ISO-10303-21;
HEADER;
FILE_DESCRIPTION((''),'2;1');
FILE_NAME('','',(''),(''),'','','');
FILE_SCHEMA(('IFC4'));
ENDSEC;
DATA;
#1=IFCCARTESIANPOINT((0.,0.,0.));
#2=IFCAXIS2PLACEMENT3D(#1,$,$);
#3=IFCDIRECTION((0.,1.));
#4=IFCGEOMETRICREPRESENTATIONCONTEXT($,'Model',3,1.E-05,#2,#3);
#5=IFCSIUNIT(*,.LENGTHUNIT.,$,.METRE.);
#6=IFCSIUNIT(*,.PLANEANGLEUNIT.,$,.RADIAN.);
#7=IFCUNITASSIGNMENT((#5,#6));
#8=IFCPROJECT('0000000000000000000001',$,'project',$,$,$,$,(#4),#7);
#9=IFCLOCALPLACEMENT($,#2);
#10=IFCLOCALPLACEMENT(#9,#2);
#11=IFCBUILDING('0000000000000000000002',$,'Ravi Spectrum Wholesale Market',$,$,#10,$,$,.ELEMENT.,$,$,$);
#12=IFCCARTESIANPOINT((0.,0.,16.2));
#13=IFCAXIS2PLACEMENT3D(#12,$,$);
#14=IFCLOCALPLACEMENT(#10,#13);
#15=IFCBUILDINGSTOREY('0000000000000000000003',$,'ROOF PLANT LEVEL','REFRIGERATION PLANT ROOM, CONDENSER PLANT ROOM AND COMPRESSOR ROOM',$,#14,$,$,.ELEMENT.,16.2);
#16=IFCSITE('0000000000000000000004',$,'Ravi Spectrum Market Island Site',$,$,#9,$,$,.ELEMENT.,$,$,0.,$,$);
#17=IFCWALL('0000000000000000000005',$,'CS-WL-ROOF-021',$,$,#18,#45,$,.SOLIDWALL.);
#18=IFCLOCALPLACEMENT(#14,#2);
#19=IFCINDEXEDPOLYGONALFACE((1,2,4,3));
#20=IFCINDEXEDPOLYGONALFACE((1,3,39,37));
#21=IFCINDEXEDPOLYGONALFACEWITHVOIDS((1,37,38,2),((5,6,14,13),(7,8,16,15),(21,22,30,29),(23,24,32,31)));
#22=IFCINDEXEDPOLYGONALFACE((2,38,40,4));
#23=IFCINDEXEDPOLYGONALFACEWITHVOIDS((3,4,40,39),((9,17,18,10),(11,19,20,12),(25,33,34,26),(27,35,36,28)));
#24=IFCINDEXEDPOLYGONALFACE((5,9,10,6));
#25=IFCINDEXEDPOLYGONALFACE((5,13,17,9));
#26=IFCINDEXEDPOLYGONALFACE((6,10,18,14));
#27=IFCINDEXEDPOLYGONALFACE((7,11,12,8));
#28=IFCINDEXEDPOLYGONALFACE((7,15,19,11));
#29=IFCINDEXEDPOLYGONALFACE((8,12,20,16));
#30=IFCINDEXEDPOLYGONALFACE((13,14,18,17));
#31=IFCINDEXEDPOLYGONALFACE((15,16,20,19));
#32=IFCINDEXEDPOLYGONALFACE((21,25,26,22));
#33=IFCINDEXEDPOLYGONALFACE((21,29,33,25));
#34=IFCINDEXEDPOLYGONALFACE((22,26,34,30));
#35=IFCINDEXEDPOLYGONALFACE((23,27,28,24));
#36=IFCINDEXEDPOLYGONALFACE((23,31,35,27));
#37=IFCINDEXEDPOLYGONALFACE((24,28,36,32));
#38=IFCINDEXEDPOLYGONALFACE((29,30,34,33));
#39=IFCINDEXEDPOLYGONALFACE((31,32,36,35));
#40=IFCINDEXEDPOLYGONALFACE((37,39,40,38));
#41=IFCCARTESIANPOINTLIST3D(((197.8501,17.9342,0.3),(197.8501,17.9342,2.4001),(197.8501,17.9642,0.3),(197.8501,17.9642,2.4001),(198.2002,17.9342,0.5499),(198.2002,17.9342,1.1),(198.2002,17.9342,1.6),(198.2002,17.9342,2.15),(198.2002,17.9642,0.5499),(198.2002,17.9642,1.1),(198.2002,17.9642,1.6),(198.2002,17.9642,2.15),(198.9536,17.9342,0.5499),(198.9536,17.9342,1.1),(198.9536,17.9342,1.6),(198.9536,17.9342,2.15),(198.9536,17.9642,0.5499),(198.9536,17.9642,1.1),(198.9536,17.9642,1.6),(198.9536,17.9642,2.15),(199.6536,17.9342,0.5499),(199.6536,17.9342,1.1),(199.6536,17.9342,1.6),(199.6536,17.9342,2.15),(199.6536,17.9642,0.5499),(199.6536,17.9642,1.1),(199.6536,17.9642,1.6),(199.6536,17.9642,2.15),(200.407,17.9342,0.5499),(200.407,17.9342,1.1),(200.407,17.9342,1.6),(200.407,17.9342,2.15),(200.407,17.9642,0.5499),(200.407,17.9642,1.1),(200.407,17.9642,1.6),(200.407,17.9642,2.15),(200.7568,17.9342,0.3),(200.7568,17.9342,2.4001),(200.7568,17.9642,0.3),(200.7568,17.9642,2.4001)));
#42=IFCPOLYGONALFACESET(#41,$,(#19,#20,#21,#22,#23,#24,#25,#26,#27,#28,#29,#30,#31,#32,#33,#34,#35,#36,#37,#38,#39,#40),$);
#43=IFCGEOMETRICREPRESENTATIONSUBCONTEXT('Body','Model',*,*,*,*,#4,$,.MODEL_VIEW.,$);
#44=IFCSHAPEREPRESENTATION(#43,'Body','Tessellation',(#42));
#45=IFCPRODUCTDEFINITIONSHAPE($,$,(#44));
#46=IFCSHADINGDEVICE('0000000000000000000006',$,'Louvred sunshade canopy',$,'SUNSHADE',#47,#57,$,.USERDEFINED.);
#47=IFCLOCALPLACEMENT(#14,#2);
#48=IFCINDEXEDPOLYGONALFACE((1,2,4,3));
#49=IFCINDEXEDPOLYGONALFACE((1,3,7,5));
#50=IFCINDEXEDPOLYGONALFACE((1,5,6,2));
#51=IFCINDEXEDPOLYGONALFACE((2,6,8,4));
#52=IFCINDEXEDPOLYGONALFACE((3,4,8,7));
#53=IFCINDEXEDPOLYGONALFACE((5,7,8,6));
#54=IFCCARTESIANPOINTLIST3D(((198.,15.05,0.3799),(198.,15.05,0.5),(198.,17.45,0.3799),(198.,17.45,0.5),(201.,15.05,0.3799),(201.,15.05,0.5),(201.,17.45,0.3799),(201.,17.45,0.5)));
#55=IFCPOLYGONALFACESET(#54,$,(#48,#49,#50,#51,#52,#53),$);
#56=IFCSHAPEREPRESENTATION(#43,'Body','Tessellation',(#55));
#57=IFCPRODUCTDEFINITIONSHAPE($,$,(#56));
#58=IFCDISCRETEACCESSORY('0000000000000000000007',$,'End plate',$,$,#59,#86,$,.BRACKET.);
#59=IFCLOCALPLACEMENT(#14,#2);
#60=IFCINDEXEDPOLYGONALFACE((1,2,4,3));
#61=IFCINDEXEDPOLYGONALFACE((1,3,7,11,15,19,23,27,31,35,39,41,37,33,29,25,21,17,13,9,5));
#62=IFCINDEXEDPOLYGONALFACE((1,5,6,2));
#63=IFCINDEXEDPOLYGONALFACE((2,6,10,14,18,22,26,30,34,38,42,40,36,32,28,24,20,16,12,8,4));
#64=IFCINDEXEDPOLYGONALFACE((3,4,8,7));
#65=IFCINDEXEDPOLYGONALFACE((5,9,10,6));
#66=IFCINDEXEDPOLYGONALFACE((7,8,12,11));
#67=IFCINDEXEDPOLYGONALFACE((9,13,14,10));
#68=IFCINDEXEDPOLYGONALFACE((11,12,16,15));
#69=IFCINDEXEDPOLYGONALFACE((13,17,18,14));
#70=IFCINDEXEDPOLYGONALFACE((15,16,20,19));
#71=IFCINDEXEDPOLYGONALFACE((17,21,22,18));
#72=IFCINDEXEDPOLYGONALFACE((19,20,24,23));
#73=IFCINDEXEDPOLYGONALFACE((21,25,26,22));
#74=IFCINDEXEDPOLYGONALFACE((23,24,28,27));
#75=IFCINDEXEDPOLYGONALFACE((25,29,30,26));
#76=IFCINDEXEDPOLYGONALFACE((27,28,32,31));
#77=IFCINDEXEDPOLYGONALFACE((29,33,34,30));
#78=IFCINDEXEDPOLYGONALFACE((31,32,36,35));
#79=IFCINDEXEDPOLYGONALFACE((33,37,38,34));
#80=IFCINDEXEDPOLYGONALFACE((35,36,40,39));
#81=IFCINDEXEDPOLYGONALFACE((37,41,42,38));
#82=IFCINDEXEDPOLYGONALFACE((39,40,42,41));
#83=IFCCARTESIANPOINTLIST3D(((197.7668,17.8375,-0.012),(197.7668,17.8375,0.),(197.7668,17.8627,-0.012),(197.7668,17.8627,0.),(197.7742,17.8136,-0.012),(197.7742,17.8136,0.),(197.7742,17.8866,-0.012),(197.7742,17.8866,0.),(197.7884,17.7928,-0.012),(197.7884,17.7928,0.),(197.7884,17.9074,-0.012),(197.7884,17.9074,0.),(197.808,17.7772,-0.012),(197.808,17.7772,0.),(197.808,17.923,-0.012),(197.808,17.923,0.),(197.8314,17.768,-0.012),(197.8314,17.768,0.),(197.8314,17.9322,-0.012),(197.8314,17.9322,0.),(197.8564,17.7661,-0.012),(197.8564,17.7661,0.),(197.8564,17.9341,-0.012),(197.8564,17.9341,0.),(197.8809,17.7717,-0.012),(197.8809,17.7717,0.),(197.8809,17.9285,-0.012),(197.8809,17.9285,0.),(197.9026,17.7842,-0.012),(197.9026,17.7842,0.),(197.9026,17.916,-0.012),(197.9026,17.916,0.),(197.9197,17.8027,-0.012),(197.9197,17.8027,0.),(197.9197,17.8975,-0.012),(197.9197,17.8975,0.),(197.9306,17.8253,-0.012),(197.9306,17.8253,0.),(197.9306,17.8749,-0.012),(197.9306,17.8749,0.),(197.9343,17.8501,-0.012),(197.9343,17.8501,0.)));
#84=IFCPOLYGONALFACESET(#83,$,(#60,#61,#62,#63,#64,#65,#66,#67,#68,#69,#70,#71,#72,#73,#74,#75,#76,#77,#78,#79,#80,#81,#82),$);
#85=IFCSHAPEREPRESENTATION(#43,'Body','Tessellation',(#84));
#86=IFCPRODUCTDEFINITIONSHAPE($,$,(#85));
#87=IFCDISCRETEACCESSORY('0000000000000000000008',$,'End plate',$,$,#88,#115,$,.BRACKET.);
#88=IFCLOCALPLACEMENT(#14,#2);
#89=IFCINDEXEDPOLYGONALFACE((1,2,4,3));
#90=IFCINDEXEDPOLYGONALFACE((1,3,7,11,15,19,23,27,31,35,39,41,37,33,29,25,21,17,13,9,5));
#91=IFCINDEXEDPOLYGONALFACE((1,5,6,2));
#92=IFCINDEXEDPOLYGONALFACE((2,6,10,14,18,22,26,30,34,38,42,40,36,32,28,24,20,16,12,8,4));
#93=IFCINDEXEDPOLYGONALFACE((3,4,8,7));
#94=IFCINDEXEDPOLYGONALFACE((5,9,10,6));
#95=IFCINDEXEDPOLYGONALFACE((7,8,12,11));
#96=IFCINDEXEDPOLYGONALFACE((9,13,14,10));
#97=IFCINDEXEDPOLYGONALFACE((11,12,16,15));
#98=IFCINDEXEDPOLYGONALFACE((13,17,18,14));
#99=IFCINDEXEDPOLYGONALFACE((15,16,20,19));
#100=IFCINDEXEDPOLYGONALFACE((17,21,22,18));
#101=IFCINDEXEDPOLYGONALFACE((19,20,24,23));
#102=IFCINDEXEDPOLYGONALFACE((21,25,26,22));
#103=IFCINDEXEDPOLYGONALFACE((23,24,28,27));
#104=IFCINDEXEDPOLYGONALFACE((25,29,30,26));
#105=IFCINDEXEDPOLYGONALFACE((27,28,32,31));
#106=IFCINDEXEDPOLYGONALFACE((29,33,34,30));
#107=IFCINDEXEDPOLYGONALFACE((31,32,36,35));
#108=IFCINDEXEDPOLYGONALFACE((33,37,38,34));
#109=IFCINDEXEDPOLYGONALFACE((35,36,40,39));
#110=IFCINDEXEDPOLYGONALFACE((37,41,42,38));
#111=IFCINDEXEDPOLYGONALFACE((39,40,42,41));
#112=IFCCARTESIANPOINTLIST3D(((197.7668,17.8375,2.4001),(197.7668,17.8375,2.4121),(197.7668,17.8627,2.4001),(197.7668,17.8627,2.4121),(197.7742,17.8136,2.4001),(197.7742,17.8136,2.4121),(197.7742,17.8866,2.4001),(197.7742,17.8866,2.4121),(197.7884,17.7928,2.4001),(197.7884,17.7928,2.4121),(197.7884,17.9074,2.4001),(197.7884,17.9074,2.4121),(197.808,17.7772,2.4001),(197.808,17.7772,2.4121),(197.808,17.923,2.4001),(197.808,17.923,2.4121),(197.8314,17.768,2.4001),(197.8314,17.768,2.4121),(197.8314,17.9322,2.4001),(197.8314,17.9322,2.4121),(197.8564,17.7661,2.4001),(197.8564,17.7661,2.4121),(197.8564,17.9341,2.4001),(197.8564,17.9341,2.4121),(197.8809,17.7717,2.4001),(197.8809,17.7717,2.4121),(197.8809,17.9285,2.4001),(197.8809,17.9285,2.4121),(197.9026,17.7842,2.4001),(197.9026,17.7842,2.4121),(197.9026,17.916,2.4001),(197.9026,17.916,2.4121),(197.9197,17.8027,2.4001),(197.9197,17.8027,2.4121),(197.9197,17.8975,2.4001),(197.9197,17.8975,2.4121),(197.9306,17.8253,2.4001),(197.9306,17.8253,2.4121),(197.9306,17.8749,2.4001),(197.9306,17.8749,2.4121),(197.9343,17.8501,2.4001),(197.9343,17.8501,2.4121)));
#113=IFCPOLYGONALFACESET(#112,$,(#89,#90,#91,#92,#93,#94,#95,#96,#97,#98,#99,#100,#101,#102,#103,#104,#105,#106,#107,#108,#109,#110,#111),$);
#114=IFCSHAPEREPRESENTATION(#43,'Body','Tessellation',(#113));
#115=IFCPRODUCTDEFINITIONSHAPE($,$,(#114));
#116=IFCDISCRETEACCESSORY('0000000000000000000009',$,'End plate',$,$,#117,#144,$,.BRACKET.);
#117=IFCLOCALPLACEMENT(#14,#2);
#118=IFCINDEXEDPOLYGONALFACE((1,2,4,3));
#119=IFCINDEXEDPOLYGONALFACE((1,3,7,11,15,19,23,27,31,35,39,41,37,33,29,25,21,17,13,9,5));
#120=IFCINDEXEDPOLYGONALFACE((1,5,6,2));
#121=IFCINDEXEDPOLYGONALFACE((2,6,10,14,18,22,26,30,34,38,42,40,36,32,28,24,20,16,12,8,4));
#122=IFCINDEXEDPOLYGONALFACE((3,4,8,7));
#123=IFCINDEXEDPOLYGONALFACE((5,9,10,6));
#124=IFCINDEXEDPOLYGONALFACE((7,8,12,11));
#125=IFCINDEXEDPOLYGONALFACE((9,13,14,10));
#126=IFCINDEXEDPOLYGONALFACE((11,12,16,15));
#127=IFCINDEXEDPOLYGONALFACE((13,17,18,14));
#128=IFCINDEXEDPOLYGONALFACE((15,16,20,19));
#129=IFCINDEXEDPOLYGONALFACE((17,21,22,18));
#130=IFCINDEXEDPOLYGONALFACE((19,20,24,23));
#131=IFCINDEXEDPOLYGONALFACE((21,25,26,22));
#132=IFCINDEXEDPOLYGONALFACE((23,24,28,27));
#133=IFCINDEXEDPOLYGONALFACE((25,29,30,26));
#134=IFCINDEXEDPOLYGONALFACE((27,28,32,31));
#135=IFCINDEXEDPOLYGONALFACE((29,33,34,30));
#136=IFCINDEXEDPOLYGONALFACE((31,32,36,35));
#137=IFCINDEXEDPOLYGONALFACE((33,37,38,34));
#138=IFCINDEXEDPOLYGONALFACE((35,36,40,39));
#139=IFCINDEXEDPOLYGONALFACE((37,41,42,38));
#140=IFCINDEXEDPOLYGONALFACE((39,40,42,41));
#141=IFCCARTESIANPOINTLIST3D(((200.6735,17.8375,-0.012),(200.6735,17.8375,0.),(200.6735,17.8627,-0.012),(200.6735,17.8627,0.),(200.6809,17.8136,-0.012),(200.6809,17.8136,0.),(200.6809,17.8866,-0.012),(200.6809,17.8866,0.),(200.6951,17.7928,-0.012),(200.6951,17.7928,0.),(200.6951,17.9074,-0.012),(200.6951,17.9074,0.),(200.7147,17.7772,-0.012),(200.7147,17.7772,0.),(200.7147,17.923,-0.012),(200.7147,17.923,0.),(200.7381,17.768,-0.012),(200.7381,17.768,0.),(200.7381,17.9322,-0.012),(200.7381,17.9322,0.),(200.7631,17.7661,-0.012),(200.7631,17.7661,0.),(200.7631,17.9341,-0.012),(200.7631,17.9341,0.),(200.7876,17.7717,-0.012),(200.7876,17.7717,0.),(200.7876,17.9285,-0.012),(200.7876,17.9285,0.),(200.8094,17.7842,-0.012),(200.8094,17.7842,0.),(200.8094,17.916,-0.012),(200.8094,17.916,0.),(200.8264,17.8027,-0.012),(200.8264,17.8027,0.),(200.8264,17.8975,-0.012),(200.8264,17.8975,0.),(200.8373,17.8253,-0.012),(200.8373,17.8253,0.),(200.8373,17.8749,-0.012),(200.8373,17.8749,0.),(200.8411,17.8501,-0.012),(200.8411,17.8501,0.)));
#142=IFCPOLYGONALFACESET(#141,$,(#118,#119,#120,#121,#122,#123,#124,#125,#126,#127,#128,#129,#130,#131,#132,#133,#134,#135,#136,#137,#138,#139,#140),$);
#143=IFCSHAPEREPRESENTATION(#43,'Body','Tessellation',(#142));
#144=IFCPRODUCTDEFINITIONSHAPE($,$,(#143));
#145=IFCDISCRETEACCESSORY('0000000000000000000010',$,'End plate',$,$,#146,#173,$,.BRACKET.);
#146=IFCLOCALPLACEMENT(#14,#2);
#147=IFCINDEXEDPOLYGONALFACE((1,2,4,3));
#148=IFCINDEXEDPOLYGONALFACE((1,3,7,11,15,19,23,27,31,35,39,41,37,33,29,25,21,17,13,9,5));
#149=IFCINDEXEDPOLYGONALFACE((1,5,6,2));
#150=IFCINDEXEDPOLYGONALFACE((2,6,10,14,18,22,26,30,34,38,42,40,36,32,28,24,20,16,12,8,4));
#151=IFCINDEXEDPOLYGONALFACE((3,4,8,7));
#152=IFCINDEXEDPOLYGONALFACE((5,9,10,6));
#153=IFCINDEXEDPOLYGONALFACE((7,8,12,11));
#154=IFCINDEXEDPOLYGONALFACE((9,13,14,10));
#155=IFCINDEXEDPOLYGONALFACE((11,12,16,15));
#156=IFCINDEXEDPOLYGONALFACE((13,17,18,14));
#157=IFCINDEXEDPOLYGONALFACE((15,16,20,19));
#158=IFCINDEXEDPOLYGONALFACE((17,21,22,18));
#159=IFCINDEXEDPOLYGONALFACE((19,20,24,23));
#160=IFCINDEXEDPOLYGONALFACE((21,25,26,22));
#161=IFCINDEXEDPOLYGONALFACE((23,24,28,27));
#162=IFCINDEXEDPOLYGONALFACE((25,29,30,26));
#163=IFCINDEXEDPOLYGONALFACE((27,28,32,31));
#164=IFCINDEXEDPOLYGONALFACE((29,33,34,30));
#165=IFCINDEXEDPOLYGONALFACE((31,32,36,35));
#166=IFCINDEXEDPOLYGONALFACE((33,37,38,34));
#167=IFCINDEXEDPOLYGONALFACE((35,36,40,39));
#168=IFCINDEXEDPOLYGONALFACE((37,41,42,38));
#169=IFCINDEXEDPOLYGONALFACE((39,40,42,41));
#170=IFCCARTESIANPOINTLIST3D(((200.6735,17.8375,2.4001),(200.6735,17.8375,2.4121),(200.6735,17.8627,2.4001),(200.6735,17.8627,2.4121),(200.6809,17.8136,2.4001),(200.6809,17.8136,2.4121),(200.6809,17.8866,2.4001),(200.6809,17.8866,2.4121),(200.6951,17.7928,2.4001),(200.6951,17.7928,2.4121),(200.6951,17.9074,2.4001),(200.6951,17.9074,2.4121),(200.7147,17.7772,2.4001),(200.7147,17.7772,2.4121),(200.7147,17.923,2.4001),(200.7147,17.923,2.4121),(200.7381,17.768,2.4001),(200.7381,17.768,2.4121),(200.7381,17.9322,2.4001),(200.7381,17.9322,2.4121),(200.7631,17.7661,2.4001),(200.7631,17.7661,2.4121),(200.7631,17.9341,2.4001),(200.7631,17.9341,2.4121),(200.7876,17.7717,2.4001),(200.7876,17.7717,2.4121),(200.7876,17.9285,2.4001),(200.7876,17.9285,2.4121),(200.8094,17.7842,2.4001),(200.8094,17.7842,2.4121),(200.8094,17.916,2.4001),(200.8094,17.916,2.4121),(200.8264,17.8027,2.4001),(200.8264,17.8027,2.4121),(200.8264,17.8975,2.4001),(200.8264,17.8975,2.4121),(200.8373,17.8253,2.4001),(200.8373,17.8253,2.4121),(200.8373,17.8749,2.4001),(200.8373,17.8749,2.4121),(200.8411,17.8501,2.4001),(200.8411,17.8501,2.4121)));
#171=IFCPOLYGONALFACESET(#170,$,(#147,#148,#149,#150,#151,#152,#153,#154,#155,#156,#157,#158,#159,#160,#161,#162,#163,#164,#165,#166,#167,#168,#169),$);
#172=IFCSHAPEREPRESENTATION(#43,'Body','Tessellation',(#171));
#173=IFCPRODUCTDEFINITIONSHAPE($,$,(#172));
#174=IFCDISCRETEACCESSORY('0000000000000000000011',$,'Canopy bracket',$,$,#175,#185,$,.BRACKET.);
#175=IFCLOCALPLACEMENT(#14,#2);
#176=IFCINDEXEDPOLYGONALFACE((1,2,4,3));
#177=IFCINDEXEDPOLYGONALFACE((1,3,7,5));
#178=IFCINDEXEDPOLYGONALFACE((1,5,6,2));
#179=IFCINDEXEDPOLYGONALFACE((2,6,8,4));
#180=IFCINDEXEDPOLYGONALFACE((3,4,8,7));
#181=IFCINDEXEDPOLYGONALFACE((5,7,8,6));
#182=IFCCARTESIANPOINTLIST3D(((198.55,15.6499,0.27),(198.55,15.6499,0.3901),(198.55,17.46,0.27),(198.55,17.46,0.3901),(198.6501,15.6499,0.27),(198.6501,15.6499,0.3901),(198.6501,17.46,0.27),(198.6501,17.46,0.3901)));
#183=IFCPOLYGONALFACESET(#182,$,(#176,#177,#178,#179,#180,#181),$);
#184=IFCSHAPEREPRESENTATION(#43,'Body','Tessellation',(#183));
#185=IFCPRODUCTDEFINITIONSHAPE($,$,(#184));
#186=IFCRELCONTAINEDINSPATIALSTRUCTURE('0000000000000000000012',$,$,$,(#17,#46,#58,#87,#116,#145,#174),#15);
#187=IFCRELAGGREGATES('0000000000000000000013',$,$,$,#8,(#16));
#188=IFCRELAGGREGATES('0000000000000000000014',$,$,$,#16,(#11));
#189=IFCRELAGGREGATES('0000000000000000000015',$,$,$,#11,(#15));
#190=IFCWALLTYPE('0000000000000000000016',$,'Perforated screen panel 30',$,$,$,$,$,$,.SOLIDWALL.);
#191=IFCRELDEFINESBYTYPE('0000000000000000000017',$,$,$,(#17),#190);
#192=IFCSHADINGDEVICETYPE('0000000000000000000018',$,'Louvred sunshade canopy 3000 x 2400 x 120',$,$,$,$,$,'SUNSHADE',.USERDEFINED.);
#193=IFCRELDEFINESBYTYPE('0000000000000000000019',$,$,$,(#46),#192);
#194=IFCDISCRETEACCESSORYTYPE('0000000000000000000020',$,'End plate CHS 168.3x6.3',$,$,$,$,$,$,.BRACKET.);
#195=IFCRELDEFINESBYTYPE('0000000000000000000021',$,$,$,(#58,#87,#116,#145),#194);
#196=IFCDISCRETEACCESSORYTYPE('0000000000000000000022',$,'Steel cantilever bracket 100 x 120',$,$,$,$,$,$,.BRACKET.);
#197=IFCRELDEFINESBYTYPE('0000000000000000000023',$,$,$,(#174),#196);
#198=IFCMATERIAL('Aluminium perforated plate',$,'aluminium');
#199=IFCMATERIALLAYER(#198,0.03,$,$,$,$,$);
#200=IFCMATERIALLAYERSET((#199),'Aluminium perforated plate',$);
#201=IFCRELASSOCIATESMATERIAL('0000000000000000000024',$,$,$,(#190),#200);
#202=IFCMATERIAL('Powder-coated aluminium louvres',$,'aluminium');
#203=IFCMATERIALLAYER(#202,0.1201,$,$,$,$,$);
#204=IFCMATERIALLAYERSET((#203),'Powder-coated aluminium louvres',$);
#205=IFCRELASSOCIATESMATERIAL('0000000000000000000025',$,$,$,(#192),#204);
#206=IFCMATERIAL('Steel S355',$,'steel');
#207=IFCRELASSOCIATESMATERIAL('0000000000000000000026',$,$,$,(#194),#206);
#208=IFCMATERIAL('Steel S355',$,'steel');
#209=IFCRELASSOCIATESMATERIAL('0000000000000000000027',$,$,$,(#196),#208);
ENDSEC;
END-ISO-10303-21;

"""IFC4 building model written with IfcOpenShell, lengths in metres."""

from ifc_helpers import new_model, si_unit, direction, frame, frame_2d, origin, origin_2d, place, context, subcontext, project, spatial, rectangle, circle, extrude, material, layer, layer_set, material_profile, profile_set, type_object, element, save


model = new_model("IFC4")

# Units and contexts
model_context = context("Model", 3, precision=1e-05, world=origin(), true_north=direction((0.0, 1.0)))
body_context = subcontext(model_context, "Body", "Model", "MODEL_VIEW")
ifc_project = project(units=[si_unit("LENGTHUNIT", "METRE"), si_unit("PLANEANGLEUNIT", "RADIAN")], contexts=[model_context])

# Site, building, storey
site_placement = place(None, origin())
site = spatial("IfcSite", under=ifc_project, at=site_placement, Name="Ravi Spectrum Market Island Site", CompositionType="ELEMENT", RefElevation=0.0)
building_placement = place(site_placement, origin())
building = spatial("IfcBuilding", under=site, at=building_placement, Name="Ravi Spectrum Wholesale Market", CompositionType="ELEMENT")
storey_placement = place(building_placement, frame((0.0, 0.0, 16.2)))
storey = spatial("IfcBuildingStorey", under=building, at=storey_placement, Name="ROOF PLANT LEVEL", Description="REFRIGERATION PLANT ROOM, CONDENSER PLANT ROOM AND COMPRESSOR ROOM", CompositionType="ELEMENT", Elevation=16.2)

# Wall, openings
ifc_material_1 = material(Name="Aluminium perforated plate", Category="aluminium")
ifc_layer_1 = layer(ifc_material_1, 0.03)
ifc_layer_set_1 = layer_set([ifc_layer_1], Name="Aluminium perforated plate")
wall_type_1 = type_object("IfcWallType", Name="Perforated screen panel 30", PredefinedType="SOLIDWALL", material=ifc_layer_set_1)
wall_1_placement = place(storey_placement, frame((197.8501, 17.9492, 0.3), z_axis=(0.0, 0.0, 1.0), x_axis=(1.0, 0.0, 0.0)))
wall_1 = element("IfcWall", 1, at=wall_1_placement, inside=storey, type_object=wall_type_1, Name="CS-WL-ROOF-021", PredefinedType="SOLIDWALL", context=body_context, shape_type="SweptSolid", body=[
    extrude(rectangle(XDim=2.9067, YDim=0.03, at=frame_2d((1.4534, 0.0))), origin(), (0.0, 0.0, 1.0), 2.1001),
])
opening_1_placement = place(wall_1_placement, frame((0.3501, 0.0, 0.25)))
element("IfcOpeningElement", 2, at=opening_1_placement, cuts=wall_1, PredefinedType="OPENING", context=body_context, shape_type="SweptSolid", body=[
    extrude(rectangle(XDim=0.7534, YDim=0.55, at=frame_2d((0.3767, 0.2749))), frame((0.0, 0.0249, 0.0), z_axis=(0.0, -1.0, 0.0), x_axis=(1.0, 0.0, 0.0)), (0.0, 0.0, 1.0), 0.05),
])
opening_2_placement = place(wall_1_placement, frame((0.3501, 0.0, 1.3)))
element("IfcOpeningElement", 3, at=opening_2_placement, cuts=wall_1, PredefinedType="OPENING", context=body_context, shape_type="SweptSolid", body=[
    extrude(rectangle(XDim=0.7534, YDim=0.55, at=frame_2d((0.3767, 0.2749))), frame((0.0, 0.0249, 0.0), z_axis=(0.0, -1.0, 0.0), x_axis=(1.0, 0.0, 0.0)), (0.0, 0.0, 1.0), 0.05),
])
opening_3_placement = place(wall_1_placement, frame((1.8035, 0.0, 0.25)))
element("IfcOpeningElement", 4, at=opening_3_placement, cuts=wall_1, PredefinedType="OPENING", context=body_context, shape_type="SweptSolid", body=[
    extrude(rectangle(XDim=0.7534, YDim=0.55, at=frame_2d((0.3767, 0.2749))), frame((0.0, 0.0249, 0.0), z_axis=(0.0, -1.0, 0.0), x_axis=(1.0, 0.0, 0.0)), (0.0, 0.0, 1.0), 0.05),
])
opening_4_placement = place(wall_1_placement, frame((1.8035, 0.0, 1.3)))
element("IfcOpeningElement", 5, at=opening_4_placement, cuts=wall_1, PredefinedType="OPENING", context=body_context, shape_type="SweptSolid", body=[
    extrude(rectangle(XDim=0.7534, YDim=0.55, at=frame_2d((0.3767, 0.2749))), frame((0.0, 0.0249, 0.0), z_axis=(0.0, -1.0, 0.0), x_axis=(1.0, 0.0, 0.0)), (0.0, 0.0, 1.0), 0.05),
])

# Shading device
ifc_material_2 = material(Name="Powder-coated aluminium louvres", Category="aluminium")
ifc_layer_2 = layer(ifc_material_2, 0.1201)
ifc_layer_set_2 = layer_set([ifc_layer_2], Name="Powder-coated aluminium louvres")
shading_device_type = type_object("IfcShadingDeviceType", Name="Louvred sunshade canopy 3000 x 2400 x 120", ElementType="SUNSHADE", PredefinedType="USERDEFINED", material=ifc_layer_set_2)
shading_device_placement = place(storey_placement, frame((199.5, 16.25, 0.3799), z_axis=(0.0, 0.0, 1.0), x_axis=(1.0, 0.0, 0.0)))
element("IfcShadingDevice", 6, at=shading_device_placement, inside=storey, type_object=shading_device_type, Name="Louvred sunshade canopy", ObjectType="SUNSHADE", PredefinedType="USERDEFINED", context=body_context, shape_type="SweptSolid", body=[
    extrude(rectangle(XDim=3.0, YDim=2.3999, at=origin_2d()), origin(), (0.0, 0.0, 1.0), 0.1201),
])

# Discrete accessories
ifc_material_3 = material(Name="Steel S355", Category="steel")
ifc_material_profile_1 = material_profile(ifc_material_3, circle(Radius=0.0842, at=origin_2d()))
ifc_profile_set_1 = profile_set([ifc_material_profile_1], Name="Steel S355")
discrete_accessory_type_1 = type_object("IfcDiscreteAccessoryType", Name="End plate CHS 168.3x6.3", PredefinedType="BRACKET", material=ifc_profile_set_1)
for number, where, z_axis, x_axis, name in (
    (7, (197.8501, 17.8501, 0.0), (0.0, 0.0, -1.0), (1.0, 0.0, 0.0), "End plate"),
    (8, (197.8501, 17.8501, 2.4001), (0.0, 0.0, 1.0), (1.0, 0.0, 0.0), "End plate"),
    (9, (200.7568, 17.8501, 0.0), (0.0, 0.0, -1.0), (1.0, 0.0, 0.0), "End plate"),
    (10, (200.7568, 17.8501, 2.4001), (0.0, 0.0, 1.0), (1.0, 0.0, 0.0), "End plate"),
):
    element("IfcDiscreteAccessory", number, at=place(storey_placement, frame(where, z_axis=z_axis, x_axis=x_axis)), inside=storey, type_object=discrete_accessory_type_1, Name=name, PredefinedType="BRACKET", context=body_context, shape_type="SweptSolid", body=[
        extrude(circle(Radius=0.0842, at=origin_2d()), origin(), (0.0, 0.0, 1.0), 0.012),
    ])
ifc_material_4 = material(Name="Steel S355", Category="steel")
discrete_accessory_type_2 = type_object("IfcDiscreteAccessoryType", Name="Steel cantilever bracket 100 x 120", PredefinedType="BRACKET", material=ifc_material_4)
for number, where, z_axis, x_axis, name in (
    (11, (198.6001, 16.5549, 0.27), (0.0, 0.0, 1.0), (1.0, 0.0, 0.0), "Canopy bracket"),
):
    element("IfcDiscreteAccessory", number, at=place(storey_placement, frame(where, z_axis=z_axis, x_axis=x_axis)), inside=storey, type_object=discrete_accessory_type_2, Name=name, PredefinedType="BRACKET", context=body_context, shape_type="SweptSolid", body=[
        extrude(rectangle(XDim=0.1001, YDim=1.8101, at=origin_2d()), origin(), (0.0, 0.0, 1.0), 0.1201),
    ])

save(model, "model.ifc")
